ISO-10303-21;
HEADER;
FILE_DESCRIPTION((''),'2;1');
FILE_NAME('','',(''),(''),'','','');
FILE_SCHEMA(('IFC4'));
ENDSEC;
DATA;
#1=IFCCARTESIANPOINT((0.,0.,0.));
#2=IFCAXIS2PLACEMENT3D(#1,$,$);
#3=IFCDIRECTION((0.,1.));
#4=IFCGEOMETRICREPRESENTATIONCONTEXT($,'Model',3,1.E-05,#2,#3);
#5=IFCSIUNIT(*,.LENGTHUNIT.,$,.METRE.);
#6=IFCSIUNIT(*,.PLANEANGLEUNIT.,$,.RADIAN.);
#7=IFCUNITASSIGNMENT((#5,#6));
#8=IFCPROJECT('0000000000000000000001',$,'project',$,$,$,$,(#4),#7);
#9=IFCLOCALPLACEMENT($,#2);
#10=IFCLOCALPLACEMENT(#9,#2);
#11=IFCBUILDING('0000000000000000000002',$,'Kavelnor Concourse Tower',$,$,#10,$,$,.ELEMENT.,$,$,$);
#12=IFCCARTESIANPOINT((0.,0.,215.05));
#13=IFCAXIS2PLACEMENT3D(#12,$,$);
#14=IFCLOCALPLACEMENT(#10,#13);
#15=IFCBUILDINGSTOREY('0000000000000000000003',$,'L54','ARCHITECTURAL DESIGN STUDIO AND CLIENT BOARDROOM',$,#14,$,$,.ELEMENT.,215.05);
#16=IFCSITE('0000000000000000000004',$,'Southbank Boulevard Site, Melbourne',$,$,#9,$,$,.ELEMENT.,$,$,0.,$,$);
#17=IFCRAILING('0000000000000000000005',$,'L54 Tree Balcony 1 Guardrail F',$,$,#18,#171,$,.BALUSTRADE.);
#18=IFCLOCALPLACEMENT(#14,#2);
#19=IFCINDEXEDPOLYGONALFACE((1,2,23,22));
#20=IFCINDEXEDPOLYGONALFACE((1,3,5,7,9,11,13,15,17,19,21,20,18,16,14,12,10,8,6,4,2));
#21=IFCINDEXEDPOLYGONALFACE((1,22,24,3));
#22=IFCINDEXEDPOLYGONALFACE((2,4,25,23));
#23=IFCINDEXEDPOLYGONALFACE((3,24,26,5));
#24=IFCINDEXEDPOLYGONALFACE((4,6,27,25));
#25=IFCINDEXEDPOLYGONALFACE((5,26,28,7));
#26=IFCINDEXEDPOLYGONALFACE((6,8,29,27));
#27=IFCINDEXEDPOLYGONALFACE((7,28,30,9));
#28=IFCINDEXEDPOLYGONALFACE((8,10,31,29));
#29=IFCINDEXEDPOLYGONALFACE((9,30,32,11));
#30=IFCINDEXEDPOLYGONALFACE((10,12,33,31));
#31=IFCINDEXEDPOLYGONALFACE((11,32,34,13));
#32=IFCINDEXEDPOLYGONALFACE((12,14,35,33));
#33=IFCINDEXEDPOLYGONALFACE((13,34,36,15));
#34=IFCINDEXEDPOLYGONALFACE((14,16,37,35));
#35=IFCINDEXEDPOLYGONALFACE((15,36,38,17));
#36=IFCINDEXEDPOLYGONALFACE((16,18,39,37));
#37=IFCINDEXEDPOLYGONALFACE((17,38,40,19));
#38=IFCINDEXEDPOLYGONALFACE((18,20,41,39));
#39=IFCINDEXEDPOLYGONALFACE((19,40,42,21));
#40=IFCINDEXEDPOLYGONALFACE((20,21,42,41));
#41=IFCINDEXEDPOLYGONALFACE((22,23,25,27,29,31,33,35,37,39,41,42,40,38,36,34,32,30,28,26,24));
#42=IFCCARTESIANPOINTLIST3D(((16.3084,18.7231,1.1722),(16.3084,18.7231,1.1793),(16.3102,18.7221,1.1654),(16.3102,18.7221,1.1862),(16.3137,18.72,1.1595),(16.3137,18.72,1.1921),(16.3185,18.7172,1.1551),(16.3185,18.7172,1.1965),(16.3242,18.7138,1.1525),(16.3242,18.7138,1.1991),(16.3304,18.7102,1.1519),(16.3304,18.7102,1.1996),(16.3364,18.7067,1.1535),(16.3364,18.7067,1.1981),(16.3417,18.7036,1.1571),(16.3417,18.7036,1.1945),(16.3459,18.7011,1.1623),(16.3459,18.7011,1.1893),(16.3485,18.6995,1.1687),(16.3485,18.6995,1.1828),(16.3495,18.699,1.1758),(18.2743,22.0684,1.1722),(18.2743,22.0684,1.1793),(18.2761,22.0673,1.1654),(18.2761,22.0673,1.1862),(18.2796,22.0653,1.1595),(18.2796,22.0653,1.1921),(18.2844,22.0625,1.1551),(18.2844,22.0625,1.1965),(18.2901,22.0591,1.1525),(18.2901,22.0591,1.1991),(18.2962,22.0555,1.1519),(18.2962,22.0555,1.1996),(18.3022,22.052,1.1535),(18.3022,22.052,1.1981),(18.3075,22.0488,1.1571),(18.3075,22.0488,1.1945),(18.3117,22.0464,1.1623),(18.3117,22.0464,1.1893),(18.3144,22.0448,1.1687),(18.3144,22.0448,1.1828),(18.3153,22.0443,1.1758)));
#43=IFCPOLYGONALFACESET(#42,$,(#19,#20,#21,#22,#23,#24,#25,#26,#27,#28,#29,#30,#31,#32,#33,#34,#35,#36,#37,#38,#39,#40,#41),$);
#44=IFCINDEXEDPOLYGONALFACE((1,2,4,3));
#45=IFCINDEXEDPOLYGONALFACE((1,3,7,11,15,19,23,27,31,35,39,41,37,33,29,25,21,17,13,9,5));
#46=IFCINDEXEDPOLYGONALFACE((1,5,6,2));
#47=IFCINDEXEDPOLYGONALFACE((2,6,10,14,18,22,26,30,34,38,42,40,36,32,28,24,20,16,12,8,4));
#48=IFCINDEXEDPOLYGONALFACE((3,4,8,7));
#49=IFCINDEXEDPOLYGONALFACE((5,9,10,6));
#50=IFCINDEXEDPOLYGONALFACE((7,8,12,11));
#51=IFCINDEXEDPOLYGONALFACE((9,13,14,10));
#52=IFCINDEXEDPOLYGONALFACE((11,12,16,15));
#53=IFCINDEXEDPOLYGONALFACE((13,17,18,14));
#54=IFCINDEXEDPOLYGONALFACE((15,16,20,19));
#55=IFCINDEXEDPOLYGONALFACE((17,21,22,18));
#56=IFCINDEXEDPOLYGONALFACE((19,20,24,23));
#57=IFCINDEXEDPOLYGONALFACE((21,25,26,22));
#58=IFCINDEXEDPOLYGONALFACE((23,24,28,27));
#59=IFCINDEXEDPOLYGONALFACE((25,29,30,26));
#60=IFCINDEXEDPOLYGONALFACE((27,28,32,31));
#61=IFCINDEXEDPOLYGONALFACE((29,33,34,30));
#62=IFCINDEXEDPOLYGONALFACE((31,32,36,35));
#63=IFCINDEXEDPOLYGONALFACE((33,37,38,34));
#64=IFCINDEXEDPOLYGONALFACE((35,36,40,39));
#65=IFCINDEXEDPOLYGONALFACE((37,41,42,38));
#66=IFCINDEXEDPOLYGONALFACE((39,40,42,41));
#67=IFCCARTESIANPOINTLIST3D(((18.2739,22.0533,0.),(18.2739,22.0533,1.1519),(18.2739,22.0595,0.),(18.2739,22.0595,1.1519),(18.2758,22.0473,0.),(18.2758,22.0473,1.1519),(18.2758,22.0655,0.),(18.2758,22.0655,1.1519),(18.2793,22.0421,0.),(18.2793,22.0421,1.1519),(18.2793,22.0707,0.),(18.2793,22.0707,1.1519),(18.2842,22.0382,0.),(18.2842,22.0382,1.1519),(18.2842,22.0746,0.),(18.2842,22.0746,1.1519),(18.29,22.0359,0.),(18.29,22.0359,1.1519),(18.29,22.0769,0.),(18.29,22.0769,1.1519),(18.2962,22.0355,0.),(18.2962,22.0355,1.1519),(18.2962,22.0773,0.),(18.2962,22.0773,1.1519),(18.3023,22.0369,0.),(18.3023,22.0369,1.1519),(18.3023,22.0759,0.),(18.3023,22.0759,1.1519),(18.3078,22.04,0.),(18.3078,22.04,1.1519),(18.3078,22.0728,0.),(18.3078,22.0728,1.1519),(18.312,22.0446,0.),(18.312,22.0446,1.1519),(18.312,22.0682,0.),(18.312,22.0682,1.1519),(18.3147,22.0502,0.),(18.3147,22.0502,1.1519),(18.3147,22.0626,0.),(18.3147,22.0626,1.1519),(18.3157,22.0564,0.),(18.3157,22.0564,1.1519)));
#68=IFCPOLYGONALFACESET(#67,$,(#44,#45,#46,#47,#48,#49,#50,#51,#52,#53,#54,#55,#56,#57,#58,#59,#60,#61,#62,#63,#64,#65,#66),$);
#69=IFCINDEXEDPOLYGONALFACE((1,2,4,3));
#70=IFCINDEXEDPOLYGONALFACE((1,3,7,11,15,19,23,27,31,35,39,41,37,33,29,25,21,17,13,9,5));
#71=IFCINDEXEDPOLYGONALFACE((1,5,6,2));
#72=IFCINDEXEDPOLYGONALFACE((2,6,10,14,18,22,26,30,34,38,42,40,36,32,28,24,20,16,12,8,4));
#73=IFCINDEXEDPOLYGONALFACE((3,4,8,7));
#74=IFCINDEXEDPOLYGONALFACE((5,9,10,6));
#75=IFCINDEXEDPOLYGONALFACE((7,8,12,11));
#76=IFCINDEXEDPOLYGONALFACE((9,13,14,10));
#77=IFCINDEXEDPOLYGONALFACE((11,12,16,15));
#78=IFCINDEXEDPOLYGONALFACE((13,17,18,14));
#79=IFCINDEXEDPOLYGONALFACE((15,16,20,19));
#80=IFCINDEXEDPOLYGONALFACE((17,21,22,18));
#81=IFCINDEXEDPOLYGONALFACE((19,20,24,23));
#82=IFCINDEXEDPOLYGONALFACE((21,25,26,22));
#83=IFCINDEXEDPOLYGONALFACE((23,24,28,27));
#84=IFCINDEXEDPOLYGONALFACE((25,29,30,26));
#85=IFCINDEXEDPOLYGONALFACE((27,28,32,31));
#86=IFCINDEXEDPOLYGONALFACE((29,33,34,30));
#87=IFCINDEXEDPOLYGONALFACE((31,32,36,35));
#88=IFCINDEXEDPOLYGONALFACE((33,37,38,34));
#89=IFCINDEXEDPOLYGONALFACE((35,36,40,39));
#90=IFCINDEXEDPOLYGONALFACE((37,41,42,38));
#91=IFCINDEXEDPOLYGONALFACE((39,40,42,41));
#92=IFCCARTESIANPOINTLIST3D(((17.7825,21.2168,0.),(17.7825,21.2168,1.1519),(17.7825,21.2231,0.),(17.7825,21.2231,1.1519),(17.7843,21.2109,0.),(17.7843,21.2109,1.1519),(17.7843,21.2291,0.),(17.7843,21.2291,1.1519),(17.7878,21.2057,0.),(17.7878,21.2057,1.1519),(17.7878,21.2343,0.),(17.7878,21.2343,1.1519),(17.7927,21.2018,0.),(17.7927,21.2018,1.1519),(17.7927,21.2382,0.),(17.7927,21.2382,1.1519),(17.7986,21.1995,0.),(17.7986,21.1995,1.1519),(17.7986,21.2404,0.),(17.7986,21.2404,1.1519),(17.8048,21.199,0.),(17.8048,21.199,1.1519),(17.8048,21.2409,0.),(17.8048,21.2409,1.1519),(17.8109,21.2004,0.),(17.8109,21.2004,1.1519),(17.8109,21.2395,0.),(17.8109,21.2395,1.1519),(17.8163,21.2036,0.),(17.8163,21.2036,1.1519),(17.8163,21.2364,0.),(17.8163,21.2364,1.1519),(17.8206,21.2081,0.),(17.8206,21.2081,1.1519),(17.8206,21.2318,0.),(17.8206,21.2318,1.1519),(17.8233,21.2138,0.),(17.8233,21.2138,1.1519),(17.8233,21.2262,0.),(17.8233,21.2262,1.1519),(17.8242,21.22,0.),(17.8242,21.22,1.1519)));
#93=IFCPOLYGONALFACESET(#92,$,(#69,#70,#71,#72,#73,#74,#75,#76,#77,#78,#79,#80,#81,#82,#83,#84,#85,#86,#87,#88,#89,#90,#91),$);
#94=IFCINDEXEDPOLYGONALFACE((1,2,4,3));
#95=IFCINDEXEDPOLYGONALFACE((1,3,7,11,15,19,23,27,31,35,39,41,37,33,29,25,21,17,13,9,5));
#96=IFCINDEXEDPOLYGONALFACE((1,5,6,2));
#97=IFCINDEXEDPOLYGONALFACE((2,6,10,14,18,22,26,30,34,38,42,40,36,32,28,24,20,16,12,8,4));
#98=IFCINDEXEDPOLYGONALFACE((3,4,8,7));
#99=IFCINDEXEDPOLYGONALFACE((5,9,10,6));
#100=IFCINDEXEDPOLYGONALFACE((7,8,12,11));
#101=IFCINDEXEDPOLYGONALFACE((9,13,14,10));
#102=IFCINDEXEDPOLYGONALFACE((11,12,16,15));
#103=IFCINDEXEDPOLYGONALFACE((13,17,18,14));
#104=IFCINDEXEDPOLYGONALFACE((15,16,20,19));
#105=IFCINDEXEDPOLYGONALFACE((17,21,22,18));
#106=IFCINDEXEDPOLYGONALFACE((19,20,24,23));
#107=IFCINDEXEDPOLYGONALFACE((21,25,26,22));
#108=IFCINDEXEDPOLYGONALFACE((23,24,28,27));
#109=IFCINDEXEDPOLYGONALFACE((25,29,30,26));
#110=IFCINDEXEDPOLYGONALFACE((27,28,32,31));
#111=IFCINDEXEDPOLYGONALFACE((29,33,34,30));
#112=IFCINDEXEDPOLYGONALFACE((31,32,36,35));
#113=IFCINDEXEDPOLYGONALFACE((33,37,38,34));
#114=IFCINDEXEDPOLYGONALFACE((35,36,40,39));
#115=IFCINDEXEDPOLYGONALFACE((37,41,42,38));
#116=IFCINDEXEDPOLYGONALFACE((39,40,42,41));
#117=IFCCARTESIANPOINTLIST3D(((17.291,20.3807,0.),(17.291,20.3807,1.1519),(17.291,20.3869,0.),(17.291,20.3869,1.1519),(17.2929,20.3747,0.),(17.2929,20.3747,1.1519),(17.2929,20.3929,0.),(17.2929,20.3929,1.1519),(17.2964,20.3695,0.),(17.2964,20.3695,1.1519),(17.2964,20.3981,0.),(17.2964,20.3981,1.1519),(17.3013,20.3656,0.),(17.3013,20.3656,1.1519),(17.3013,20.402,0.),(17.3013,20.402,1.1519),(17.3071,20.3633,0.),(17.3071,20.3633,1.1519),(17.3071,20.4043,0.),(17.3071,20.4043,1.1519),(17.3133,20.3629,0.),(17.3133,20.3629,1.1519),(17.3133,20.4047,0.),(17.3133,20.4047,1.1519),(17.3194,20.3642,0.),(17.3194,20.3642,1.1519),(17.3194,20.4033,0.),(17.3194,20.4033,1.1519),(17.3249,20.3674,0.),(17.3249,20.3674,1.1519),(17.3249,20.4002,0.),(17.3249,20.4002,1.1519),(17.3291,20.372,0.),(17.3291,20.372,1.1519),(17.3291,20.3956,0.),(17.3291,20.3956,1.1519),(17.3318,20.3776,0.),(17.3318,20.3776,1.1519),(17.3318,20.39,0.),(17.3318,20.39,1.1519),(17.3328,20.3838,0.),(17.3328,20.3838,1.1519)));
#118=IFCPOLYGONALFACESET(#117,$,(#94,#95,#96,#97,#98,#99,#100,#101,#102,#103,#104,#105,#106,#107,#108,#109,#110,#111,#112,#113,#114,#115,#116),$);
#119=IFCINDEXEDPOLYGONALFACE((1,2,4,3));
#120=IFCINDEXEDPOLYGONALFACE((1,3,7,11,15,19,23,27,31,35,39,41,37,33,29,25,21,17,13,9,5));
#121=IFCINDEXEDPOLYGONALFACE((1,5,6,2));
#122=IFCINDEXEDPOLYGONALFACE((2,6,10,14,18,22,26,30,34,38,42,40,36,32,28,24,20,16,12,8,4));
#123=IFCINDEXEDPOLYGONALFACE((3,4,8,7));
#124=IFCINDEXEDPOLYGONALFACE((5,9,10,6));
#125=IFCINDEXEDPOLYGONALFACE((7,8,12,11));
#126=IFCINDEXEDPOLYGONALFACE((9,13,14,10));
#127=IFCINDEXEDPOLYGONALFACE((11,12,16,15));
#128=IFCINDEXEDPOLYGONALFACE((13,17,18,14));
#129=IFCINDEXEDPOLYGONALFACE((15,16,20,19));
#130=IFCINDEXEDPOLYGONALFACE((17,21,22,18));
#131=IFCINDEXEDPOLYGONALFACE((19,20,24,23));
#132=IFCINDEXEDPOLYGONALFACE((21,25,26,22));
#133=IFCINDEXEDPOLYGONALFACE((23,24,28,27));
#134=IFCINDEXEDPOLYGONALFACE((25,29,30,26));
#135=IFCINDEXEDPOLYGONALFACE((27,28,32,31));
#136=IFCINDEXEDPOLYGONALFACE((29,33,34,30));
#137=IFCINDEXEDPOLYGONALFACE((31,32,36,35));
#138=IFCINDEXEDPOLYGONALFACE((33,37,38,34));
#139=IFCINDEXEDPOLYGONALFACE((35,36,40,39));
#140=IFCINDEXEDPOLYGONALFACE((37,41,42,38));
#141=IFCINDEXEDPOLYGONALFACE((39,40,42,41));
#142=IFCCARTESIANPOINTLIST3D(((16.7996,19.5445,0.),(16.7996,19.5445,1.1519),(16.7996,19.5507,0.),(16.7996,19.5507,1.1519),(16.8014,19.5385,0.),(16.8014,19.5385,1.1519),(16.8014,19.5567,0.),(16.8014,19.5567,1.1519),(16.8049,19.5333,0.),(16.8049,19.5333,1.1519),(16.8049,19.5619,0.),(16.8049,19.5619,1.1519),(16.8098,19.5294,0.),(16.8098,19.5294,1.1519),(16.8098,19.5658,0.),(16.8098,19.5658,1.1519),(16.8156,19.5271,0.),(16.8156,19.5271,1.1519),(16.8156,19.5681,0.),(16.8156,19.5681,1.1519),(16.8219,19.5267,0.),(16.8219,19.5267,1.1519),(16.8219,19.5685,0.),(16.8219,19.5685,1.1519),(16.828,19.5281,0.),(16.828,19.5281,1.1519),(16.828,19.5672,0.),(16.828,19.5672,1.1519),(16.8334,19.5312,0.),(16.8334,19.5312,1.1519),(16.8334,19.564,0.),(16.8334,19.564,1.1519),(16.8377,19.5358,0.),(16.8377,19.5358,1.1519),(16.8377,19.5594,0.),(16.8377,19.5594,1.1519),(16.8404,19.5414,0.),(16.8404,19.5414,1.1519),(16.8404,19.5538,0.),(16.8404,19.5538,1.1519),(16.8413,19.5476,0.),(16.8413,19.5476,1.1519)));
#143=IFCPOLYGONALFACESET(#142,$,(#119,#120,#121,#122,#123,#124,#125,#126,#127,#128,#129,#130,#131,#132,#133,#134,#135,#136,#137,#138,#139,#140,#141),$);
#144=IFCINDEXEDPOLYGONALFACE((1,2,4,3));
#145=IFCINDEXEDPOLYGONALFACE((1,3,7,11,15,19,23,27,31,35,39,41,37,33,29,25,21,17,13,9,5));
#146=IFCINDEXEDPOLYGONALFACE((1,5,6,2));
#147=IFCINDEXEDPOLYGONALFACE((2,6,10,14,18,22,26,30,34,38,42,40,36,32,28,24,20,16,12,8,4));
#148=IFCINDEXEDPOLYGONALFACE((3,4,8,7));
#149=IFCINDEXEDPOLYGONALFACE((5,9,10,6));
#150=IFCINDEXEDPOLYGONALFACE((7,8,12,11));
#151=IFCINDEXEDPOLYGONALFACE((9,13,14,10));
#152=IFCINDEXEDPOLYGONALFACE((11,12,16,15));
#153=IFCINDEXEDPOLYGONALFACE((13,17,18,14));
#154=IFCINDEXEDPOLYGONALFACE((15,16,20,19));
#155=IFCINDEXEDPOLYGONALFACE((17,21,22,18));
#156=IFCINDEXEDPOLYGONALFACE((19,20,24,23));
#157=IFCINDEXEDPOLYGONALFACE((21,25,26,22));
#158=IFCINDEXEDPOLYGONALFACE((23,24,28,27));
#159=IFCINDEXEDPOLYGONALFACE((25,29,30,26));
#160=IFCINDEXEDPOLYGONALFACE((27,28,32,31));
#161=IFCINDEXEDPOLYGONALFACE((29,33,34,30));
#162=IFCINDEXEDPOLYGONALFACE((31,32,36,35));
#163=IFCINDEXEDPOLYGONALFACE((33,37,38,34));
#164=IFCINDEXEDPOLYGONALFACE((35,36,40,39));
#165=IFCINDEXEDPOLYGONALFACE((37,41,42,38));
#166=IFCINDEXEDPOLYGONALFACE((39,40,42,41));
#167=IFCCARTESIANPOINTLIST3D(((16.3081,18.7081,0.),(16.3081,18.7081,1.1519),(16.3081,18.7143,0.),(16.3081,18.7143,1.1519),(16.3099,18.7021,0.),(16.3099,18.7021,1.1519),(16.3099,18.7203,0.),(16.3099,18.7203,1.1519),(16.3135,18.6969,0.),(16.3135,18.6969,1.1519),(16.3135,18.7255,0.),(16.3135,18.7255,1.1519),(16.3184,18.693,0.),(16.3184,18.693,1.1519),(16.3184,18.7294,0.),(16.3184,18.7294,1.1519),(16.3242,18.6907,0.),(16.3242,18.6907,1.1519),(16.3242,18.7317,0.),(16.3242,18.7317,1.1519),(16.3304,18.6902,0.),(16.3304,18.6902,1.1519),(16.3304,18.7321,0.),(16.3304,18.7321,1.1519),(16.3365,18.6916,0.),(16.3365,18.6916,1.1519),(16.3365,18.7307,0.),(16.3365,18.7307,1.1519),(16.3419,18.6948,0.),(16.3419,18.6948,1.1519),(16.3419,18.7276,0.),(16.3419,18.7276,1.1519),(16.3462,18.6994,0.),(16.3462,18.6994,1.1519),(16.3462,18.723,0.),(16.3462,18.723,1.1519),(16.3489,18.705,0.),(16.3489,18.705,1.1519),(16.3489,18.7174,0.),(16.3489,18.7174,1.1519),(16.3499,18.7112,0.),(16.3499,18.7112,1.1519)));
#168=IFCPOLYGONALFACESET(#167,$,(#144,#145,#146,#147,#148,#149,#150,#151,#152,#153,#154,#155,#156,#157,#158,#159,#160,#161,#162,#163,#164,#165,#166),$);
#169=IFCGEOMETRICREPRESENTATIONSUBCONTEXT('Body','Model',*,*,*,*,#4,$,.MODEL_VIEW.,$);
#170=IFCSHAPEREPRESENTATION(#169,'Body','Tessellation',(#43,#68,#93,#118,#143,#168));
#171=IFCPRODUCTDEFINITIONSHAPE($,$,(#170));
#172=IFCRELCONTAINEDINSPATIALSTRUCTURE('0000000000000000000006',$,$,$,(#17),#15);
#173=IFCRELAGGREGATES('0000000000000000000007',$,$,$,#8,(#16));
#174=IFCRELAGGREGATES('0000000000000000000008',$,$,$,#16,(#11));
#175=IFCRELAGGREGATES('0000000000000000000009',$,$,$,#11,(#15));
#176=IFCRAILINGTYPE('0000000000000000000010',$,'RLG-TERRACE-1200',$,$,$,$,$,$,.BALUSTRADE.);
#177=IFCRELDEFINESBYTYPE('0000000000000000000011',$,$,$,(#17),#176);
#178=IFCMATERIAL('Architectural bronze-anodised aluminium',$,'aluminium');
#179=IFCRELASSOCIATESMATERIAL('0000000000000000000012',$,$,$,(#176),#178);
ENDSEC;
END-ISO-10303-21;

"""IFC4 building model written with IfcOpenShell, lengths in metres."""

from ifc_helpers import new_model, si_unit, direction, frame, origin, origin_2d, place, context, subcontext, project, spatial, circle, extrude, material, type_object, element, save


model = new_model("IFC4")

# Units and contexts
model_context = context("Model", 3, precision=1e-05, world=origin(), true_north=direction((0.0, 1.0)))
body_context = subcontext(model_context, "Body", "Model", "MODEL_VIEW")
ifc_project = project(units=[si_unit("LENGTHUNIT", "METRE"), si_unit("PLANEANGLEUNIT", "RADIAN")], contexts=[model_context])

# Site, building, storey
site_placement = place(None, origin())
site = spatial("IfcSite", under=ifc_project, at=site_placement, Name="Southbank Boulevard Site, Melbourne", CompositionType="ELEMENT", RefElevation=0.0)
building_placement = place(site_placement, origin())
building = spatial("IfcBuilding", under=site, at=building_placement, Name="Kavelnor Concourse Tower", CompositionType="ELEMENT")
storey_placement = place(building_placement, frame((0.0, 0.0, 215.05)))
storey = spatial("IfcBuildingStorey", under=building, at=storey_placement, Name="L54", Description="ARCHITECTURAL DESIGN STUDIO AND CLIENT BOARDROOM", CompositionType="ELEMENT", Elevation=215.05)

# Railing
ifc_material_1 = material(Name="Architectural bronze-anodised aluminium", Category="aluminium")
railing_type = type_object("IfcRailingType", Name="RLG-TERRACE-1200", PredefinedType="BALUSTRADE", material=ifc_material_1)
railing_1_placement = place(storey_placement, frame((18.2947, 22.0564, 0.0)))
element("IfcRailing", 1, at=railing_1_placement, inside=storey, type_object=railing_type, Name="L54 Tree Balcony 1 Guardrail F", PredefinedType="BALUSTRADE", context=body_context, shape_type="SweptSolid", body=[
    extrude(circle(Radius=0.0239, at=origin_2d()), frame((0.0, 0.0, 1.1758), z_axis=(-0.506646, -0.862154, 0.0), x_axis=(0.862154, -0.506646, 0.0)), (0.0, 0.0, 1.0), 3.8801),
    extrude(circle(Radius=0.021, at=origin_2d()), origin(), (0.0, 0.0, 1.0), 1.1519),
    extrude(circle(Radius=0.021, at=origin_2d()), frame((-0.4915, -0.8364, 0.0)), (0.0, 0.0, 1.0), 1.1519),
    extrude(circle(Radius=0.021, at=origin_2d()), frame((-0.9829, -1.6726, 0.0)), (0.0, 0.0, 1.0), 1.1519),
    extrude(circle(Radius=0.021, at=origin_2d()), frame((-1.4744, -2.5088, 0.0)), (0.0, 0.0, 1.0), 1.1519),
    extrude(circle(Radius=0.021, at=origin_2d()), frame((-1.9658, -3.3452, 0.0)), (0.0, 0.0, 1.0), 1.1519),
])

save(model, "model.ifc")
